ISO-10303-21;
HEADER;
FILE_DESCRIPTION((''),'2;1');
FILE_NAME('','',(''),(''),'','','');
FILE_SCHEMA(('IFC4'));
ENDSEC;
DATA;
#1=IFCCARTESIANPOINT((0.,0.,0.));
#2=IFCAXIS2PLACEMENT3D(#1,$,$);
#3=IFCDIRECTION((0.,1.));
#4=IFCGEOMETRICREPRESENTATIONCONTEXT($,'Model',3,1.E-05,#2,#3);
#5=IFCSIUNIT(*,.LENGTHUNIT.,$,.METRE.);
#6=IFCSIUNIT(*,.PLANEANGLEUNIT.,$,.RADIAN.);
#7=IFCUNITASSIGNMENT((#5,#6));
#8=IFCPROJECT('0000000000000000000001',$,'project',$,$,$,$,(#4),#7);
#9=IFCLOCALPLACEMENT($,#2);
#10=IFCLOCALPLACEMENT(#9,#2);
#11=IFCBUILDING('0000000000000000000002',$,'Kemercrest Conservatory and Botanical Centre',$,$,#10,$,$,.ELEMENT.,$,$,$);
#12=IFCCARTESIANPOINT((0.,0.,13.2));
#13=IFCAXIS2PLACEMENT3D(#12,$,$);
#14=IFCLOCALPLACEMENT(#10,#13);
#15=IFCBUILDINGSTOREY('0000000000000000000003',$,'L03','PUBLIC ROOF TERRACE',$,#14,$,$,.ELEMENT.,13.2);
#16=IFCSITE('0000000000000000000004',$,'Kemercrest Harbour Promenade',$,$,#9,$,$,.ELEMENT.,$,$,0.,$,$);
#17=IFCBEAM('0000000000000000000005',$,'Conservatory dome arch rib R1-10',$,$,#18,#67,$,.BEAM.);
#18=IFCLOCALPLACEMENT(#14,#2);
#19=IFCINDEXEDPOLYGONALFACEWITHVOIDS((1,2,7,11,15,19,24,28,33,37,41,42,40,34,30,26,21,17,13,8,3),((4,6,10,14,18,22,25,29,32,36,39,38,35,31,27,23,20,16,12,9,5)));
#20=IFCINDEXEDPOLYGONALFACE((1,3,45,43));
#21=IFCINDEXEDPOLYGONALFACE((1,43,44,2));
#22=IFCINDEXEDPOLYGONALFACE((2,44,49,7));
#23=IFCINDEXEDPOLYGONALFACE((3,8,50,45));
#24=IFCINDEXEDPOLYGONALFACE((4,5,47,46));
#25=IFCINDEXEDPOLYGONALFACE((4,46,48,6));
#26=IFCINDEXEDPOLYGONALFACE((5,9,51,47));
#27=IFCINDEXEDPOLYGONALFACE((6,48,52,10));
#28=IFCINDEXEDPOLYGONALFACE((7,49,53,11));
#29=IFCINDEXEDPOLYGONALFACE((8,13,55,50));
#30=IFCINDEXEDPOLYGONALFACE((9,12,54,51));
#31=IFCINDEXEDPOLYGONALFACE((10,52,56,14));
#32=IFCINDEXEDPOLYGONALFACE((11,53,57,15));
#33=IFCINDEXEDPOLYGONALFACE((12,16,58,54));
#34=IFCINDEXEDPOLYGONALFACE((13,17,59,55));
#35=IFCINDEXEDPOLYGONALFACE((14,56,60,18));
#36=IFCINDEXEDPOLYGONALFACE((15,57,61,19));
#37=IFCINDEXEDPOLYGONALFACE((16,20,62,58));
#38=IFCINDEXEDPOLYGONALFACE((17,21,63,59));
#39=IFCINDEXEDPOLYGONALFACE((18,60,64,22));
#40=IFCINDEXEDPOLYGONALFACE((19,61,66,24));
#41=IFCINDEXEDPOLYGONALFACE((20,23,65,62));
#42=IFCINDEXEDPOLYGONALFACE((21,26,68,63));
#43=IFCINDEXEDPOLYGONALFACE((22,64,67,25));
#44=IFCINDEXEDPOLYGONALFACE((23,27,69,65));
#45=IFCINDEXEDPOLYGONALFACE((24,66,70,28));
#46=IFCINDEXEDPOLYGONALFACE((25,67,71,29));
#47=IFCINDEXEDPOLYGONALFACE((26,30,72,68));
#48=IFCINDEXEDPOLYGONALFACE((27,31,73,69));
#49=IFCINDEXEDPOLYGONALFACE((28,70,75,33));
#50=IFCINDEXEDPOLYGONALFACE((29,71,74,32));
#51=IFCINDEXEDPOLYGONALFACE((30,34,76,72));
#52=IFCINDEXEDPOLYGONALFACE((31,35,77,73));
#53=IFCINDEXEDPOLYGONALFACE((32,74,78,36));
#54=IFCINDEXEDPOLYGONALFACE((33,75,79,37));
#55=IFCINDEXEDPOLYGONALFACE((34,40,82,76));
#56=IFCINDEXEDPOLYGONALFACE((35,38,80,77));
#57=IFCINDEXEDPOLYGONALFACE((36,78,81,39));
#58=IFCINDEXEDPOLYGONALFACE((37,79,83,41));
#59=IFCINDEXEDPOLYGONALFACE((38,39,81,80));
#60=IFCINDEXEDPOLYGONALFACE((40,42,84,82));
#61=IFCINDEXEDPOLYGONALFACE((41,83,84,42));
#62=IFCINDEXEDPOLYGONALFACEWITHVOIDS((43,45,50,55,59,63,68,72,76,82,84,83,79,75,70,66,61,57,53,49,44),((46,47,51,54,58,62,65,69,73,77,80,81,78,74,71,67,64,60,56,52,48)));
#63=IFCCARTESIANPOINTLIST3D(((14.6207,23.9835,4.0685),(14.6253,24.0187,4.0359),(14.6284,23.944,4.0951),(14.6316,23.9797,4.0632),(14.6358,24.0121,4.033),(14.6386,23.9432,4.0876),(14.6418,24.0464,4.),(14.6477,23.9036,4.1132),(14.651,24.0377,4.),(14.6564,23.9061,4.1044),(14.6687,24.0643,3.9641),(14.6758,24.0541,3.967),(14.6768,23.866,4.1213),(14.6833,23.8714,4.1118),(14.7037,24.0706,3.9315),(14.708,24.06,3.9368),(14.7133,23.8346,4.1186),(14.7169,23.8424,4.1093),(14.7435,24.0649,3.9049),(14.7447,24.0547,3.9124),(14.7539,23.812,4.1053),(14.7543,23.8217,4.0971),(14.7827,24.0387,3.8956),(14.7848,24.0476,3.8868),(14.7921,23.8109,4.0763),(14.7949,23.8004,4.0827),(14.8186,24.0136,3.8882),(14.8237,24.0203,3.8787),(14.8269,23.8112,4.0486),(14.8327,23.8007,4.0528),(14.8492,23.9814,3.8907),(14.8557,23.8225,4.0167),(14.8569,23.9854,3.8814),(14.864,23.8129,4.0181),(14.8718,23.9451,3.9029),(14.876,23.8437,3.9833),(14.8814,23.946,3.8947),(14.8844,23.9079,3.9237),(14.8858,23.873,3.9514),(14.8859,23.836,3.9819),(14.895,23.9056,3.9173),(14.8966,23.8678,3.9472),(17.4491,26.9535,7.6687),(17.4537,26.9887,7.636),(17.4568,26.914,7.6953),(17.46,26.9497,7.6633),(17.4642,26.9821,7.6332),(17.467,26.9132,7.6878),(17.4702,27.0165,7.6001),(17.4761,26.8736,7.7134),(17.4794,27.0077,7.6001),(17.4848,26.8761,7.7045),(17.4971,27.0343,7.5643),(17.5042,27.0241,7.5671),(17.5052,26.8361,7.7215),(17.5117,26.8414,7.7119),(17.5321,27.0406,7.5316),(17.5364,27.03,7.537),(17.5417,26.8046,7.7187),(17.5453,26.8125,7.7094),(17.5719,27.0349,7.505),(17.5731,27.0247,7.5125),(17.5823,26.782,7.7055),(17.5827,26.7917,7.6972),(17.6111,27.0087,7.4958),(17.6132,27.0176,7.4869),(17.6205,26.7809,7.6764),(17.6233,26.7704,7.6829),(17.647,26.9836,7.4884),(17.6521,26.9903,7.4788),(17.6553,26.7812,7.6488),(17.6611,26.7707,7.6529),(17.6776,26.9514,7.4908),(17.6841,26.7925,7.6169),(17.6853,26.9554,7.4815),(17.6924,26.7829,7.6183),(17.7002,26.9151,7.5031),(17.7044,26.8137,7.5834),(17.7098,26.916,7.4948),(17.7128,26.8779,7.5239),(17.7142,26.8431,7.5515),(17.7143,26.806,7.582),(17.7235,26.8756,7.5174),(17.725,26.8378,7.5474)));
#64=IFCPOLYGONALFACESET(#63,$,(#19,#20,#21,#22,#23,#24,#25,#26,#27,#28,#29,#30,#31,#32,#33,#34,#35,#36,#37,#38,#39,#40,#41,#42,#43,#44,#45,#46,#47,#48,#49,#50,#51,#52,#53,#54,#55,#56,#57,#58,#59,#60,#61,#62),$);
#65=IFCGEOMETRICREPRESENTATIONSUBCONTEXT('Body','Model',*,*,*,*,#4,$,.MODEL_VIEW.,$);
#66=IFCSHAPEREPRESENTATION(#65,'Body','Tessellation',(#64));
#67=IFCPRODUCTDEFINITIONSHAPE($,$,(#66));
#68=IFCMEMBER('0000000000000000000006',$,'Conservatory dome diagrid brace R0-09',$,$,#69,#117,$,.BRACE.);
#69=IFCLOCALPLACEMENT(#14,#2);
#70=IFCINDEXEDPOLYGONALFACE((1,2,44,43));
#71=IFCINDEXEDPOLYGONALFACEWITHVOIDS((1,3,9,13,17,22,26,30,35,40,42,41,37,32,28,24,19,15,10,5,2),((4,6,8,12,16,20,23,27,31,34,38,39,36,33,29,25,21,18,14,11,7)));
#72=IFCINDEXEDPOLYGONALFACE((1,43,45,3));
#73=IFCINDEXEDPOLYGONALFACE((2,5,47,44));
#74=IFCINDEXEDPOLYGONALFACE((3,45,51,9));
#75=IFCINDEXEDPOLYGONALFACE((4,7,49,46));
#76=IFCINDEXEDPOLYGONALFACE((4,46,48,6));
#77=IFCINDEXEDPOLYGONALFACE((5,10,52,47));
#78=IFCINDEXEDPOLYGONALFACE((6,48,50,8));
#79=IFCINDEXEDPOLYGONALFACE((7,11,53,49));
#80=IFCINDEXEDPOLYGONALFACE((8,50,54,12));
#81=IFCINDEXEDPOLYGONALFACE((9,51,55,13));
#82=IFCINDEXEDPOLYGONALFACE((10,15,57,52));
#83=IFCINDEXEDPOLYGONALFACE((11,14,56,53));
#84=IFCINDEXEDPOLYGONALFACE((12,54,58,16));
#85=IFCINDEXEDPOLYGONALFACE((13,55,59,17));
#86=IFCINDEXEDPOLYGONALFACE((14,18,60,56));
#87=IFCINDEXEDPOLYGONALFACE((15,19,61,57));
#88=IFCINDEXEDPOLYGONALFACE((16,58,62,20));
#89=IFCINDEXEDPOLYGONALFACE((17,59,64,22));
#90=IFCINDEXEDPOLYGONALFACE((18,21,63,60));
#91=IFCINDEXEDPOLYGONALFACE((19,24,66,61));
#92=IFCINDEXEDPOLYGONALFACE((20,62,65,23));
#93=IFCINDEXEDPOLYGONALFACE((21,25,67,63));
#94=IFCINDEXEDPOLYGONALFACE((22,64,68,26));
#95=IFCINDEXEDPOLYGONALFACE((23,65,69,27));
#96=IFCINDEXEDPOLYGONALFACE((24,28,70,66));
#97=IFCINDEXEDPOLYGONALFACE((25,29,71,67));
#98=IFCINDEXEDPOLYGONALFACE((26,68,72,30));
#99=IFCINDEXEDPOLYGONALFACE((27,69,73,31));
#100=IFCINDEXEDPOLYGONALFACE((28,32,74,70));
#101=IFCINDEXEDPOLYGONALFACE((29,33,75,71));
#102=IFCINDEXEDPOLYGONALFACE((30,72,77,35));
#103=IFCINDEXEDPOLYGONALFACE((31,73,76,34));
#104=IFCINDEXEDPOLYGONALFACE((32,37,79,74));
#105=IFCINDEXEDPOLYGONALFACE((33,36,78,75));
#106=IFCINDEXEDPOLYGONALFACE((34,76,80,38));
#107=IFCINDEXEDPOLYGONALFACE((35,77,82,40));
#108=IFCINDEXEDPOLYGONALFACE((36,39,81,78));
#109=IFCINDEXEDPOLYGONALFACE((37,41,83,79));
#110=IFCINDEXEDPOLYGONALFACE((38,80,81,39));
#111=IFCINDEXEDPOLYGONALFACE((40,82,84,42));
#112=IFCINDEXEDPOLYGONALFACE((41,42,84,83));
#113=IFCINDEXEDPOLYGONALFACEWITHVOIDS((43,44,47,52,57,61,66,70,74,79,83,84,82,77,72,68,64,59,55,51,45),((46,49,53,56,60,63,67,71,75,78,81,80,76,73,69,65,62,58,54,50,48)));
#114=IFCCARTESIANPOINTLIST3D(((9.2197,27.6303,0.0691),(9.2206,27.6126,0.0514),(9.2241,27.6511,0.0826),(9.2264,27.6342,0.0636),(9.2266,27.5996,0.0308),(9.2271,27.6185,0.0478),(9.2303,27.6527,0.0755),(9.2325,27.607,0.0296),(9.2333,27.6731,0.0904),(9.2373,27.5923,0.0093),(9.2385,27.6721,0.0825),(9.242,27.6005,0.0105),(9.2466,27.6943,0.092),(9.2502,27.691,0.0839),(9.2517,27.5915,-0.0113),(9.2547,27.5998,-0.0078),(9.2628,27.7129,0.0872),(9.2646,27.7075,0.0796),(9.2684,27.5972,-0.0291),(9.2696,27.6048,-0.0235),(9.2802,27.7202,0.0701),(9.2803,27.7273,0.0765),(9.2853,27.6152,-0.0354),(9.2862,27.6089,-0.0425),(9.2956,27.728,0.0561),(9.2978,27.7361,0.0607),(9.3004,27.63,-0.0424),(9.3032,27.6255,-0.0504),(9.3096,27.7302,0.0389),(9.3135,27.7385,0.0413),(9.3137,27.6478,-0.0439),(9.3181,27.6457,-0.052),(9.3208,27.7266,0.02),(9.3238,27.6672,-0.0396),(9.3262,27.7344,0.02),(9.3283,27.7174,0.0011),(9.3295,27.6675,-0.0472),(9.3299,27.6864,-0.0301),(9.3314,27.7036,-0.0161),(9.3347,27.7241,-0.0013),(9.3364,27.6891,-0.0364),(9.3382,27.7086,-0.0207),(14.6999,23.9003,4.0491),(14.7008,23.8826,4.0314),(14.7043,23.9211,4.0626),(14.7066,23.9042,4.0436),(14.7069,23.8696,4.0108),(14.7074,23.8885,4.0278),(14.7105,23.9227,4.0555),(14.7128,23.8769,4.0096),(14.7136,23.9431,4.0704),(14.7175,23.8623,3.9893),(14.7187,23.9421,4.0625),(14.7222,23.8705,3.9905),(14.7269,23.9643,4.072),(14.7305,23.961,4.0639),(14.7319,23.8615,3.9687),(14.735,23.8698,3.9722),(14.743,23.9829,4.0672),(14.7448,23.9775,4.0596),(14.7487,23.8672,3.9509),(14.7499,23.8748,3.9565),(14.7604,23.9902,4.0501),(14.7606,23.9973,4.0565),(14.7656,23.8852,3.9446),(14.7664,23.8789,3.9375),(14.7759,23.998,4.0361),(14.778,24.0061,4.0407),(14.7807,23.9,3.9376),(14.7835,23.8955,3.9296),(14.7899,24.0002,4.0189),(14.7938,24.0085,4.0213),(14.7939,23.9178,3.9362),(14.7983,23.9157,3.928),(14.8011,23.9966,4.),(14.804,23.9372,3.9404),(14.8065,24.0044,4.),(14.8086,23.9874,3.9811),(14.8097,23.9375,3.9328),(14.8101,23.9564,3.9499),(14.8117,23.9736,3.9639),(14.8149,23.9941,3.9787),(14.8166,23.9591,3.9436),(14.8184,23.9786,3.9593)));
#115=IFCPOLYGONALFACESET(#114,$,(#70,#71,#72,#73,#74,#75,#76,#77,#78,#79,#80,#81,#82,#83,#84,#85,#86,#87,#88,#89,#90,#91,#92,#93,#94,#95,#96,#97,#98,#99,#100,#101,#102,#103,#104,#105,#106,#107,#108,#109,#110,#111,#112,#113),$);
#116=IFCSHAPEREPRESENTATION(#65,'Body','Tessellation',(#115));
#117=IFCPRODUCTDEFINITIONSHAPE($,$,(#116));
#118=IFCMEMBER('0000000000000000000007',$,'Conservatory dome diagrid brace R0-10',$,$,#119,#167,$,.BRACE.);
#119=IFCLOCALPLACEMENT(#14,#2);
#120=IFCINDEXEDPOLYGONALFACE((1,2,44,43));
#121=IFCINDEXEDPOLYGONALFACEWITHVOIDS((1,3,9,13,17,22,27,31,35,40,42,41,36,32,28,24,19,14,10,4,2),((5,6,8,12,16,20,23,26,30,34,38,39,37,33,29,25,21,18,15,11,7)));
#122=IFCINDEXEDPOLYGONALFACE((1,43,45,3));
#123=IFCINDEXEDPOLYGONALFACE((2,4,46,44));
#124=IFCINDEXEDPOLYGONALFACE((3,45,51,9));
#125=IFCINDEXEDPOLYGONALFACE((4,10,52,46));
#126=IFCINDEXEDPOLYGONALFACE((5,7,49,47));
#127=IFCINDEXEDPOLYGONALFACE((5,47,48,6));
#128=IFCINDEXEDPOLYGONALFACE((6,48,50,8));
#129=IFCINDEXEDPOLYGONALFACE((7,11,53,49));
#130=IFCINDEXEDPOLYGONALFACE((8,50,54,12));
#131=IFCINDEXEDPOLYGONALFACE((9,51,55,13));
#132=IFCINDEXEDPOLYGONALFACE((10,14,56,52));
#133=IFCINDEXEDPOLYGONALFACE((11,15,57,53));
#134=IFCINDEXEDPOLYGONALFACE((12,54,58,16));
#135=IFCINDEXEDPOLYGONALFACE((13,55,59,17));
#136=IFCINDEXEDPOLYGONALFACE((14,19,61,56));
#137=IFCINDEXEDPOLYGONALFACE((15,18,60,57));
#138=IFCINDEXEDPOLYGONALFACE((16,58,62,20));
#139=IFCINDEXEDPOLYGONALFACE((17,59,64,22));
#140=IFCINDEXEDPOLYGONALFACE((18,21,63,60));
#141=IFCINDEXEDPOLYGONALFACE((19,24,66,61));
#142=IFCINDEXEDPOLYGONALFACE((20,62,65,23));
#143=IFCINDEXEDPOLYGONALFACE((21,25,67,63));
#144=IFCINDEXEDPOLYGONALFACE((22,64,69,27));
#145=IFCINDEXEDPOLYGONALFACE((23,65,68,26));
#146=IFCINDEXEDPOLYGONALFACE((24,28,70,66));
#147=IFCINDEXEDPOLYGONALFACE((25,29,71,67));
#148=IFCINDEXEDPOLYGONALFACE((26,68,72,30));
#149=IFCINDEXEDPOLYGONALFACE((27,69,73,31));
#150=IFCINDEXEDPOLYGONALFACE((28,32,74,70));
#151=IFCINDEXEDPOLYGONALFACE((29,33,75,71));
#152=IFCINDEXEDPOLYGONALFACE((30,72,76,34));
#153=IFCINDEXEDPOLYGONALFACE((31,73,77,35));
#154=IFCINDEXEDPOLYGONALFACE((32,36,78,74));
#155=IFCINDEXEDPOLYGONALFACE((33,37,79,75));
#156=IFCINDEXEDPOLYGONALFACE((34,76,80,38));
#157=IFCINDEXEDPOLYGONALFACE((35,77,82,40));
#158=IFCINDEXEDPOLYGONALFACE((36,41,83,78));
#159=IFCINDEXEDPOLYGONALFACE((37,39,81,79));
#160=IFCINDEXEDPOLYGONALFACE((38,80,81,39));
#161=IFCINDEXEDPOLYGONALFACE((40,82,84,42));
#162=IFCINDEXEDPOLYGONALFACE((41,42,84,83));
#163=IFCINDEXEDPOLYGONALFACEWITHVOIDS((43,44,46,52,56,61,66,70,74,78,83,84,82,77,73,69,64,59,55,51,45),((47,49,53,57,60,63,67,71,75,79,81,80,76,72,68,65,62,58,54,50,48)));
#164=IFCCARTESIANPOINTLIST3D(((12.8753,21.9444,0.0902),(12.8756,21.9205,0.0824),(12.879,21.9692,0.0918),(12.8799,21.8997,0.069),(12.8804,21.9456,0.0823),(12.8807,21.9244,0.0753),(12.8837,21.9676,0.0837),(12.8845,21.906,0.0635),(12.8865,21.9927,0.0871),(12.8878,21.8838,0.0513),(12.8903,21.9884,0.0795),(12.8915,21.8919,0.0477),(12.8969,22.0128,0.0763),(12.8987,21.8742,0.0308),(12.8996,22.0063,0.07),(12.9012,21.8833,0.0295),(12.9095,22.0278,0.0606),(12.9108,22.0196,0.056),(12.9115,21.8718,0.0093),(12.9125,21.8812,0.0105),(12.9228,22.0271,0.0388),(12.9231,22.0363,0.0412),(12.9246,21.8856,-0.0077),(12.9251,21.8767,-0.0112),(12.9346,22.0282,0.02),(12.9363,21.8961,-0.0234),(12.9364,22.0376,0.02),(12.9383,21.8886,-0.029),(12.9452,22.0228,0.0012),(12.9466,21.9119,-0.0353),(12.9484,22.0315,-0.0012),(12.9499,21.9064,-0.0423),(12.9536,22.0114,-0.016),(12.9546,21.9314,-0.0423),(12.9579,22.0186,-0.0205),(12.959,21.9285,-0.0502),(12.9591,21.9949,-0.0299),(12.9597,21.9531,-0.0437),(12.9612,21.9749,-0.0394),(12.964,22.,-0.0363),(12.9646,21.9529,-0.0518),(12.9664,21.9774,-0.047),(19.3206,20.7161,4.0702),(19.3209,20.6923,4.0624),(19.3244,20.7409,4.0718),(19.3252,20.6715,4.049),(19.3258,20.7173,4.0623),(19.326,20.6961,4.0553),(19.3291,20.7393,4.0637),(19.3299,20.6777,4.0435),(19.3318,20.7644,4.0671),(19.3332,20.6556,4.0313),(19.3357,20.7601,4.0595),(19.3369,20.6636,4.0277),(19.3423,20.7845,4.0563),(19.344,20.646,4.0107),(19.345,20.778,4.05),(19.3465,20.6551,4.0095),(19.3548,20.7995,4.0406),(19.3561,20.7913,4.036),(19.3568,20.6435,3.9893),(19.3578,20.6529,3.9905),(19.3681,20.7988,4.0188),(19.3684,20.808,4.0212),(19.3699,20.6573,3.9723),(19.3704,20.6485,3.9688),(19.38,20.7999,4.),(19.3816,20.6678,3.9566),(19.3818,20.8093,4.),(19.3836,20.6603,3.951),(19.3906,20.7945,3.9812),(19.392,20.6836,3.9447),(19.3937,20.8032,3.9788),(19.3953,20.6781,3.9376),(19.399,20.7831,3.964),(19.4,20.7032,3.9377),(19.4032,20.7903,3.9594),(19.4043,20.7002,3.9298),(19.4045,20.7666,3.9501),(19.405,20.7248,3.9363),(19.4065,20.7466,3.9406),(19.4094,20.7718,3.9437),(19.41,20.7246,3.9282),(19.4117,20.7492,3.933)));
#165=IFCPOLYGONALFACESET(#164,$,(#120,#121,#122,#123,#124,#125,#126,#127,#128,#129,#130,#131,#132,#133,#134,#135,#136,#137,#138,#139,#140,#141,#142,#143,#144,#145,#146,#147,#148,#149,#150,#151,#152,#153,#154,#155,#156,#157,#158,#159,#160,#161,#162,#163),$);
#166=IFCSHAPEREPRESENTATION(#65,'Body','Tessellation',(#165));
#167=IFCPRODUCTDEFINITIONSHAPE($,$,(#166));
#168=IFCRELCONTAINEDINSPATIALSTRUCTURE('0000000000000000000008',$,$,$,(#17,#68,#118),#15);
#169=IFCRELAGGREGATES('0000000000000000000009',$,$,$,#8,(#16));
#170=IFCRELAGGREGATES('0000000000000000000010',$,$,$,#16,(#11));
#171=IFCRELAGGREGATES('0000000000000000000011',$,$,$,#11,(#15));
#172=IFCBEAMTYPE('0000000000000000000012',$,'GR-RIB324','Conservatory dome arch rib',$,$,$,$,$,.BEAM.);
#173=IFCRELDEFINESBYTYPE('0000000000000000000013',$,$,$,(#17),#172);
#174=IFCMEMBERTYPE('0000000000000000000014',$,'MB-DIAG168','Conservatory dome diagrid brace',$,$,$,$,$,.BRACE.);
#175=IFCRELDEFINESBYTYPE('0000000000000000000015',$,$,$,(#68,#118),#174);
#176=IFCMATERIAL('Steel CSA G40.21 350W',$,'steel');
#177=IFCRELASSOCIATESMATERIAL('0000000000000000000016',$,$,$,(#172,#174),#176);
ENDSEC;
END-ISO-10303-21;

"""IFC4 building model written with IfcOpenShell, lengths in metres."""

from ifc_helpers import new_model, si_unit, direction, frame, origin, origin_2d, place, context, subcontext, project, spatial, hollow_circle, extrude, material, material_profile, profile_set, type_object, element, save


model = new_model("IFC4")

# Units and contexts
model_context = context("Model", 3, precision=1e-05, world=origin(), true_north=direction((0.0, 1.0)))
body_context = subcontext(model_context, "Body", "Model", "MODEL_VIEW")
ifc_project = project(units=[si_unit("LENGTHUNIT", "METRE"), si_unit("PLANEANGLEUNIT", "RADIAN")], contexts=[model_context])

# Site, building, storey
site_placement = place(None, origin())
site = spatial("IfcSite", under=ifc_project, at=site_placement, Name="Kemercrest Harbour Promenade", CompositionType="ELEMENT", RefElevation=0.0)
building_placement = place(site_placement, origin())
building = spatial("IfcBuilding", under=site, at=building_placement, Name="Kemercrest Conservatory and Botanical Centre", CompositionType="ELEMENT")
storey_placement = place(building_placement, frame((0.0, 0.0, 13.2)))
storey = spatial("IfcBuildingStorey", under=building, at=storey_placement, Name="L03", Description="PUBLIC ROOF TERRACE", CompositionType="ELEMENT", Elevation=13.2)

# Shared definitions
ifc_material_1 = material(Name="Steel CSA G40.21 350W", Category="steel")

# Beam
ifc_material_profile_1 = material_profile(ifc_material_1, hollow_circle(Radius=0.1619, WallThickness=0.0127, at=origin_2d()), Name="CHS 323.9x12.7")
ifc_profile_set_1 = profile_set([ifc_material_profile_1], Name="Steel CSA G40.21 350W")
beam_type_1 = type_object("IfcBeamType", Name="GR-RIB324", Description="Conservatory dome arch rib", PredefinedType="BEAM", material=ifc_profile_set_1)
beam_1_placement = place(storey_placement, frame((14.759, 23.9348, 4.0), z_axis=(0.518282, 0.544229, 0.659696), x_axis=(-0.724159, 0.689633, 0.0)))
element("IfcBeam", 1, at=beam_1_placement, inside=storey, type_object=beam_type_1, Name="Conservatory dome arch rib R1-10", PredefinedType="BEAM", context=body_context, shape_type="SweptSolid", body=[
    extrude(hollow_circle(Radius=0.1619, WallThickness=0.0127, at=origin_2d()), origin(), (0.0, 0.0, 1.0), 5.4573),
])

# Members
ifc_material_profile_2 = material_profile(ifc_material_1, hollow_circle(Radius=0.0842, WallThickness=0.0095, at=origin_2d()), Name="CHS 168.3x9.5")
ifc_profile_set_2 = profile_set([ifc_material_profile_2], Name="Steel CSA G40.21 350W")
member_type_1 = type_object("IfcMemberType", Name="MB-DIAG168", Description="Conservatory dome diagrid brace", PredefinedType="BRACE", material=ifc_profile_set_2)
member_1_placement = place(storey_placement, frame((9.2788, 27.6648, 0.02), z_axis=(0.70876, -0.4824, 0.514733), x_axis=(0.562664, 0.826686, 0.0)))
element("IfcMember", 2, at=member_1_placement, inside=storey, type_object=member_type_1, Name="Conservatory dome diagrid brace R0-09", PredefinedType="BRACE", context=body_context, shape_type="SweptSolid", body=[
    extrude(hollow_circle(Radius=0.0842, WallThickness=0.0095, at=origin_2d()), origin(), (0.0, 0.0, 1.0), 7.7322),
])
member_2_placement = place(storey_placement, frame((12.9207, 21.9548, 0.02), z_axis=(0.839885, -0.160055, 0.518629), x_axis=(0.187199, 0.982322, 0.0)))
element("IfcMember", 3, at=member_2_placement, inside=storey, type_object=member_type_1, Name="Conservatory dome diagrid brace R0-10", PredefinedType="BRACE", context=body_context, shape_type="SweptSolid", body=[
    extrude(hollow_circle(Radius=0.0842, WallThickness=0.0095, at=origin_2d()), origin(), (0.0, 0.0, 1.0), 7.6741),
])

save(model, "model.ifc")
